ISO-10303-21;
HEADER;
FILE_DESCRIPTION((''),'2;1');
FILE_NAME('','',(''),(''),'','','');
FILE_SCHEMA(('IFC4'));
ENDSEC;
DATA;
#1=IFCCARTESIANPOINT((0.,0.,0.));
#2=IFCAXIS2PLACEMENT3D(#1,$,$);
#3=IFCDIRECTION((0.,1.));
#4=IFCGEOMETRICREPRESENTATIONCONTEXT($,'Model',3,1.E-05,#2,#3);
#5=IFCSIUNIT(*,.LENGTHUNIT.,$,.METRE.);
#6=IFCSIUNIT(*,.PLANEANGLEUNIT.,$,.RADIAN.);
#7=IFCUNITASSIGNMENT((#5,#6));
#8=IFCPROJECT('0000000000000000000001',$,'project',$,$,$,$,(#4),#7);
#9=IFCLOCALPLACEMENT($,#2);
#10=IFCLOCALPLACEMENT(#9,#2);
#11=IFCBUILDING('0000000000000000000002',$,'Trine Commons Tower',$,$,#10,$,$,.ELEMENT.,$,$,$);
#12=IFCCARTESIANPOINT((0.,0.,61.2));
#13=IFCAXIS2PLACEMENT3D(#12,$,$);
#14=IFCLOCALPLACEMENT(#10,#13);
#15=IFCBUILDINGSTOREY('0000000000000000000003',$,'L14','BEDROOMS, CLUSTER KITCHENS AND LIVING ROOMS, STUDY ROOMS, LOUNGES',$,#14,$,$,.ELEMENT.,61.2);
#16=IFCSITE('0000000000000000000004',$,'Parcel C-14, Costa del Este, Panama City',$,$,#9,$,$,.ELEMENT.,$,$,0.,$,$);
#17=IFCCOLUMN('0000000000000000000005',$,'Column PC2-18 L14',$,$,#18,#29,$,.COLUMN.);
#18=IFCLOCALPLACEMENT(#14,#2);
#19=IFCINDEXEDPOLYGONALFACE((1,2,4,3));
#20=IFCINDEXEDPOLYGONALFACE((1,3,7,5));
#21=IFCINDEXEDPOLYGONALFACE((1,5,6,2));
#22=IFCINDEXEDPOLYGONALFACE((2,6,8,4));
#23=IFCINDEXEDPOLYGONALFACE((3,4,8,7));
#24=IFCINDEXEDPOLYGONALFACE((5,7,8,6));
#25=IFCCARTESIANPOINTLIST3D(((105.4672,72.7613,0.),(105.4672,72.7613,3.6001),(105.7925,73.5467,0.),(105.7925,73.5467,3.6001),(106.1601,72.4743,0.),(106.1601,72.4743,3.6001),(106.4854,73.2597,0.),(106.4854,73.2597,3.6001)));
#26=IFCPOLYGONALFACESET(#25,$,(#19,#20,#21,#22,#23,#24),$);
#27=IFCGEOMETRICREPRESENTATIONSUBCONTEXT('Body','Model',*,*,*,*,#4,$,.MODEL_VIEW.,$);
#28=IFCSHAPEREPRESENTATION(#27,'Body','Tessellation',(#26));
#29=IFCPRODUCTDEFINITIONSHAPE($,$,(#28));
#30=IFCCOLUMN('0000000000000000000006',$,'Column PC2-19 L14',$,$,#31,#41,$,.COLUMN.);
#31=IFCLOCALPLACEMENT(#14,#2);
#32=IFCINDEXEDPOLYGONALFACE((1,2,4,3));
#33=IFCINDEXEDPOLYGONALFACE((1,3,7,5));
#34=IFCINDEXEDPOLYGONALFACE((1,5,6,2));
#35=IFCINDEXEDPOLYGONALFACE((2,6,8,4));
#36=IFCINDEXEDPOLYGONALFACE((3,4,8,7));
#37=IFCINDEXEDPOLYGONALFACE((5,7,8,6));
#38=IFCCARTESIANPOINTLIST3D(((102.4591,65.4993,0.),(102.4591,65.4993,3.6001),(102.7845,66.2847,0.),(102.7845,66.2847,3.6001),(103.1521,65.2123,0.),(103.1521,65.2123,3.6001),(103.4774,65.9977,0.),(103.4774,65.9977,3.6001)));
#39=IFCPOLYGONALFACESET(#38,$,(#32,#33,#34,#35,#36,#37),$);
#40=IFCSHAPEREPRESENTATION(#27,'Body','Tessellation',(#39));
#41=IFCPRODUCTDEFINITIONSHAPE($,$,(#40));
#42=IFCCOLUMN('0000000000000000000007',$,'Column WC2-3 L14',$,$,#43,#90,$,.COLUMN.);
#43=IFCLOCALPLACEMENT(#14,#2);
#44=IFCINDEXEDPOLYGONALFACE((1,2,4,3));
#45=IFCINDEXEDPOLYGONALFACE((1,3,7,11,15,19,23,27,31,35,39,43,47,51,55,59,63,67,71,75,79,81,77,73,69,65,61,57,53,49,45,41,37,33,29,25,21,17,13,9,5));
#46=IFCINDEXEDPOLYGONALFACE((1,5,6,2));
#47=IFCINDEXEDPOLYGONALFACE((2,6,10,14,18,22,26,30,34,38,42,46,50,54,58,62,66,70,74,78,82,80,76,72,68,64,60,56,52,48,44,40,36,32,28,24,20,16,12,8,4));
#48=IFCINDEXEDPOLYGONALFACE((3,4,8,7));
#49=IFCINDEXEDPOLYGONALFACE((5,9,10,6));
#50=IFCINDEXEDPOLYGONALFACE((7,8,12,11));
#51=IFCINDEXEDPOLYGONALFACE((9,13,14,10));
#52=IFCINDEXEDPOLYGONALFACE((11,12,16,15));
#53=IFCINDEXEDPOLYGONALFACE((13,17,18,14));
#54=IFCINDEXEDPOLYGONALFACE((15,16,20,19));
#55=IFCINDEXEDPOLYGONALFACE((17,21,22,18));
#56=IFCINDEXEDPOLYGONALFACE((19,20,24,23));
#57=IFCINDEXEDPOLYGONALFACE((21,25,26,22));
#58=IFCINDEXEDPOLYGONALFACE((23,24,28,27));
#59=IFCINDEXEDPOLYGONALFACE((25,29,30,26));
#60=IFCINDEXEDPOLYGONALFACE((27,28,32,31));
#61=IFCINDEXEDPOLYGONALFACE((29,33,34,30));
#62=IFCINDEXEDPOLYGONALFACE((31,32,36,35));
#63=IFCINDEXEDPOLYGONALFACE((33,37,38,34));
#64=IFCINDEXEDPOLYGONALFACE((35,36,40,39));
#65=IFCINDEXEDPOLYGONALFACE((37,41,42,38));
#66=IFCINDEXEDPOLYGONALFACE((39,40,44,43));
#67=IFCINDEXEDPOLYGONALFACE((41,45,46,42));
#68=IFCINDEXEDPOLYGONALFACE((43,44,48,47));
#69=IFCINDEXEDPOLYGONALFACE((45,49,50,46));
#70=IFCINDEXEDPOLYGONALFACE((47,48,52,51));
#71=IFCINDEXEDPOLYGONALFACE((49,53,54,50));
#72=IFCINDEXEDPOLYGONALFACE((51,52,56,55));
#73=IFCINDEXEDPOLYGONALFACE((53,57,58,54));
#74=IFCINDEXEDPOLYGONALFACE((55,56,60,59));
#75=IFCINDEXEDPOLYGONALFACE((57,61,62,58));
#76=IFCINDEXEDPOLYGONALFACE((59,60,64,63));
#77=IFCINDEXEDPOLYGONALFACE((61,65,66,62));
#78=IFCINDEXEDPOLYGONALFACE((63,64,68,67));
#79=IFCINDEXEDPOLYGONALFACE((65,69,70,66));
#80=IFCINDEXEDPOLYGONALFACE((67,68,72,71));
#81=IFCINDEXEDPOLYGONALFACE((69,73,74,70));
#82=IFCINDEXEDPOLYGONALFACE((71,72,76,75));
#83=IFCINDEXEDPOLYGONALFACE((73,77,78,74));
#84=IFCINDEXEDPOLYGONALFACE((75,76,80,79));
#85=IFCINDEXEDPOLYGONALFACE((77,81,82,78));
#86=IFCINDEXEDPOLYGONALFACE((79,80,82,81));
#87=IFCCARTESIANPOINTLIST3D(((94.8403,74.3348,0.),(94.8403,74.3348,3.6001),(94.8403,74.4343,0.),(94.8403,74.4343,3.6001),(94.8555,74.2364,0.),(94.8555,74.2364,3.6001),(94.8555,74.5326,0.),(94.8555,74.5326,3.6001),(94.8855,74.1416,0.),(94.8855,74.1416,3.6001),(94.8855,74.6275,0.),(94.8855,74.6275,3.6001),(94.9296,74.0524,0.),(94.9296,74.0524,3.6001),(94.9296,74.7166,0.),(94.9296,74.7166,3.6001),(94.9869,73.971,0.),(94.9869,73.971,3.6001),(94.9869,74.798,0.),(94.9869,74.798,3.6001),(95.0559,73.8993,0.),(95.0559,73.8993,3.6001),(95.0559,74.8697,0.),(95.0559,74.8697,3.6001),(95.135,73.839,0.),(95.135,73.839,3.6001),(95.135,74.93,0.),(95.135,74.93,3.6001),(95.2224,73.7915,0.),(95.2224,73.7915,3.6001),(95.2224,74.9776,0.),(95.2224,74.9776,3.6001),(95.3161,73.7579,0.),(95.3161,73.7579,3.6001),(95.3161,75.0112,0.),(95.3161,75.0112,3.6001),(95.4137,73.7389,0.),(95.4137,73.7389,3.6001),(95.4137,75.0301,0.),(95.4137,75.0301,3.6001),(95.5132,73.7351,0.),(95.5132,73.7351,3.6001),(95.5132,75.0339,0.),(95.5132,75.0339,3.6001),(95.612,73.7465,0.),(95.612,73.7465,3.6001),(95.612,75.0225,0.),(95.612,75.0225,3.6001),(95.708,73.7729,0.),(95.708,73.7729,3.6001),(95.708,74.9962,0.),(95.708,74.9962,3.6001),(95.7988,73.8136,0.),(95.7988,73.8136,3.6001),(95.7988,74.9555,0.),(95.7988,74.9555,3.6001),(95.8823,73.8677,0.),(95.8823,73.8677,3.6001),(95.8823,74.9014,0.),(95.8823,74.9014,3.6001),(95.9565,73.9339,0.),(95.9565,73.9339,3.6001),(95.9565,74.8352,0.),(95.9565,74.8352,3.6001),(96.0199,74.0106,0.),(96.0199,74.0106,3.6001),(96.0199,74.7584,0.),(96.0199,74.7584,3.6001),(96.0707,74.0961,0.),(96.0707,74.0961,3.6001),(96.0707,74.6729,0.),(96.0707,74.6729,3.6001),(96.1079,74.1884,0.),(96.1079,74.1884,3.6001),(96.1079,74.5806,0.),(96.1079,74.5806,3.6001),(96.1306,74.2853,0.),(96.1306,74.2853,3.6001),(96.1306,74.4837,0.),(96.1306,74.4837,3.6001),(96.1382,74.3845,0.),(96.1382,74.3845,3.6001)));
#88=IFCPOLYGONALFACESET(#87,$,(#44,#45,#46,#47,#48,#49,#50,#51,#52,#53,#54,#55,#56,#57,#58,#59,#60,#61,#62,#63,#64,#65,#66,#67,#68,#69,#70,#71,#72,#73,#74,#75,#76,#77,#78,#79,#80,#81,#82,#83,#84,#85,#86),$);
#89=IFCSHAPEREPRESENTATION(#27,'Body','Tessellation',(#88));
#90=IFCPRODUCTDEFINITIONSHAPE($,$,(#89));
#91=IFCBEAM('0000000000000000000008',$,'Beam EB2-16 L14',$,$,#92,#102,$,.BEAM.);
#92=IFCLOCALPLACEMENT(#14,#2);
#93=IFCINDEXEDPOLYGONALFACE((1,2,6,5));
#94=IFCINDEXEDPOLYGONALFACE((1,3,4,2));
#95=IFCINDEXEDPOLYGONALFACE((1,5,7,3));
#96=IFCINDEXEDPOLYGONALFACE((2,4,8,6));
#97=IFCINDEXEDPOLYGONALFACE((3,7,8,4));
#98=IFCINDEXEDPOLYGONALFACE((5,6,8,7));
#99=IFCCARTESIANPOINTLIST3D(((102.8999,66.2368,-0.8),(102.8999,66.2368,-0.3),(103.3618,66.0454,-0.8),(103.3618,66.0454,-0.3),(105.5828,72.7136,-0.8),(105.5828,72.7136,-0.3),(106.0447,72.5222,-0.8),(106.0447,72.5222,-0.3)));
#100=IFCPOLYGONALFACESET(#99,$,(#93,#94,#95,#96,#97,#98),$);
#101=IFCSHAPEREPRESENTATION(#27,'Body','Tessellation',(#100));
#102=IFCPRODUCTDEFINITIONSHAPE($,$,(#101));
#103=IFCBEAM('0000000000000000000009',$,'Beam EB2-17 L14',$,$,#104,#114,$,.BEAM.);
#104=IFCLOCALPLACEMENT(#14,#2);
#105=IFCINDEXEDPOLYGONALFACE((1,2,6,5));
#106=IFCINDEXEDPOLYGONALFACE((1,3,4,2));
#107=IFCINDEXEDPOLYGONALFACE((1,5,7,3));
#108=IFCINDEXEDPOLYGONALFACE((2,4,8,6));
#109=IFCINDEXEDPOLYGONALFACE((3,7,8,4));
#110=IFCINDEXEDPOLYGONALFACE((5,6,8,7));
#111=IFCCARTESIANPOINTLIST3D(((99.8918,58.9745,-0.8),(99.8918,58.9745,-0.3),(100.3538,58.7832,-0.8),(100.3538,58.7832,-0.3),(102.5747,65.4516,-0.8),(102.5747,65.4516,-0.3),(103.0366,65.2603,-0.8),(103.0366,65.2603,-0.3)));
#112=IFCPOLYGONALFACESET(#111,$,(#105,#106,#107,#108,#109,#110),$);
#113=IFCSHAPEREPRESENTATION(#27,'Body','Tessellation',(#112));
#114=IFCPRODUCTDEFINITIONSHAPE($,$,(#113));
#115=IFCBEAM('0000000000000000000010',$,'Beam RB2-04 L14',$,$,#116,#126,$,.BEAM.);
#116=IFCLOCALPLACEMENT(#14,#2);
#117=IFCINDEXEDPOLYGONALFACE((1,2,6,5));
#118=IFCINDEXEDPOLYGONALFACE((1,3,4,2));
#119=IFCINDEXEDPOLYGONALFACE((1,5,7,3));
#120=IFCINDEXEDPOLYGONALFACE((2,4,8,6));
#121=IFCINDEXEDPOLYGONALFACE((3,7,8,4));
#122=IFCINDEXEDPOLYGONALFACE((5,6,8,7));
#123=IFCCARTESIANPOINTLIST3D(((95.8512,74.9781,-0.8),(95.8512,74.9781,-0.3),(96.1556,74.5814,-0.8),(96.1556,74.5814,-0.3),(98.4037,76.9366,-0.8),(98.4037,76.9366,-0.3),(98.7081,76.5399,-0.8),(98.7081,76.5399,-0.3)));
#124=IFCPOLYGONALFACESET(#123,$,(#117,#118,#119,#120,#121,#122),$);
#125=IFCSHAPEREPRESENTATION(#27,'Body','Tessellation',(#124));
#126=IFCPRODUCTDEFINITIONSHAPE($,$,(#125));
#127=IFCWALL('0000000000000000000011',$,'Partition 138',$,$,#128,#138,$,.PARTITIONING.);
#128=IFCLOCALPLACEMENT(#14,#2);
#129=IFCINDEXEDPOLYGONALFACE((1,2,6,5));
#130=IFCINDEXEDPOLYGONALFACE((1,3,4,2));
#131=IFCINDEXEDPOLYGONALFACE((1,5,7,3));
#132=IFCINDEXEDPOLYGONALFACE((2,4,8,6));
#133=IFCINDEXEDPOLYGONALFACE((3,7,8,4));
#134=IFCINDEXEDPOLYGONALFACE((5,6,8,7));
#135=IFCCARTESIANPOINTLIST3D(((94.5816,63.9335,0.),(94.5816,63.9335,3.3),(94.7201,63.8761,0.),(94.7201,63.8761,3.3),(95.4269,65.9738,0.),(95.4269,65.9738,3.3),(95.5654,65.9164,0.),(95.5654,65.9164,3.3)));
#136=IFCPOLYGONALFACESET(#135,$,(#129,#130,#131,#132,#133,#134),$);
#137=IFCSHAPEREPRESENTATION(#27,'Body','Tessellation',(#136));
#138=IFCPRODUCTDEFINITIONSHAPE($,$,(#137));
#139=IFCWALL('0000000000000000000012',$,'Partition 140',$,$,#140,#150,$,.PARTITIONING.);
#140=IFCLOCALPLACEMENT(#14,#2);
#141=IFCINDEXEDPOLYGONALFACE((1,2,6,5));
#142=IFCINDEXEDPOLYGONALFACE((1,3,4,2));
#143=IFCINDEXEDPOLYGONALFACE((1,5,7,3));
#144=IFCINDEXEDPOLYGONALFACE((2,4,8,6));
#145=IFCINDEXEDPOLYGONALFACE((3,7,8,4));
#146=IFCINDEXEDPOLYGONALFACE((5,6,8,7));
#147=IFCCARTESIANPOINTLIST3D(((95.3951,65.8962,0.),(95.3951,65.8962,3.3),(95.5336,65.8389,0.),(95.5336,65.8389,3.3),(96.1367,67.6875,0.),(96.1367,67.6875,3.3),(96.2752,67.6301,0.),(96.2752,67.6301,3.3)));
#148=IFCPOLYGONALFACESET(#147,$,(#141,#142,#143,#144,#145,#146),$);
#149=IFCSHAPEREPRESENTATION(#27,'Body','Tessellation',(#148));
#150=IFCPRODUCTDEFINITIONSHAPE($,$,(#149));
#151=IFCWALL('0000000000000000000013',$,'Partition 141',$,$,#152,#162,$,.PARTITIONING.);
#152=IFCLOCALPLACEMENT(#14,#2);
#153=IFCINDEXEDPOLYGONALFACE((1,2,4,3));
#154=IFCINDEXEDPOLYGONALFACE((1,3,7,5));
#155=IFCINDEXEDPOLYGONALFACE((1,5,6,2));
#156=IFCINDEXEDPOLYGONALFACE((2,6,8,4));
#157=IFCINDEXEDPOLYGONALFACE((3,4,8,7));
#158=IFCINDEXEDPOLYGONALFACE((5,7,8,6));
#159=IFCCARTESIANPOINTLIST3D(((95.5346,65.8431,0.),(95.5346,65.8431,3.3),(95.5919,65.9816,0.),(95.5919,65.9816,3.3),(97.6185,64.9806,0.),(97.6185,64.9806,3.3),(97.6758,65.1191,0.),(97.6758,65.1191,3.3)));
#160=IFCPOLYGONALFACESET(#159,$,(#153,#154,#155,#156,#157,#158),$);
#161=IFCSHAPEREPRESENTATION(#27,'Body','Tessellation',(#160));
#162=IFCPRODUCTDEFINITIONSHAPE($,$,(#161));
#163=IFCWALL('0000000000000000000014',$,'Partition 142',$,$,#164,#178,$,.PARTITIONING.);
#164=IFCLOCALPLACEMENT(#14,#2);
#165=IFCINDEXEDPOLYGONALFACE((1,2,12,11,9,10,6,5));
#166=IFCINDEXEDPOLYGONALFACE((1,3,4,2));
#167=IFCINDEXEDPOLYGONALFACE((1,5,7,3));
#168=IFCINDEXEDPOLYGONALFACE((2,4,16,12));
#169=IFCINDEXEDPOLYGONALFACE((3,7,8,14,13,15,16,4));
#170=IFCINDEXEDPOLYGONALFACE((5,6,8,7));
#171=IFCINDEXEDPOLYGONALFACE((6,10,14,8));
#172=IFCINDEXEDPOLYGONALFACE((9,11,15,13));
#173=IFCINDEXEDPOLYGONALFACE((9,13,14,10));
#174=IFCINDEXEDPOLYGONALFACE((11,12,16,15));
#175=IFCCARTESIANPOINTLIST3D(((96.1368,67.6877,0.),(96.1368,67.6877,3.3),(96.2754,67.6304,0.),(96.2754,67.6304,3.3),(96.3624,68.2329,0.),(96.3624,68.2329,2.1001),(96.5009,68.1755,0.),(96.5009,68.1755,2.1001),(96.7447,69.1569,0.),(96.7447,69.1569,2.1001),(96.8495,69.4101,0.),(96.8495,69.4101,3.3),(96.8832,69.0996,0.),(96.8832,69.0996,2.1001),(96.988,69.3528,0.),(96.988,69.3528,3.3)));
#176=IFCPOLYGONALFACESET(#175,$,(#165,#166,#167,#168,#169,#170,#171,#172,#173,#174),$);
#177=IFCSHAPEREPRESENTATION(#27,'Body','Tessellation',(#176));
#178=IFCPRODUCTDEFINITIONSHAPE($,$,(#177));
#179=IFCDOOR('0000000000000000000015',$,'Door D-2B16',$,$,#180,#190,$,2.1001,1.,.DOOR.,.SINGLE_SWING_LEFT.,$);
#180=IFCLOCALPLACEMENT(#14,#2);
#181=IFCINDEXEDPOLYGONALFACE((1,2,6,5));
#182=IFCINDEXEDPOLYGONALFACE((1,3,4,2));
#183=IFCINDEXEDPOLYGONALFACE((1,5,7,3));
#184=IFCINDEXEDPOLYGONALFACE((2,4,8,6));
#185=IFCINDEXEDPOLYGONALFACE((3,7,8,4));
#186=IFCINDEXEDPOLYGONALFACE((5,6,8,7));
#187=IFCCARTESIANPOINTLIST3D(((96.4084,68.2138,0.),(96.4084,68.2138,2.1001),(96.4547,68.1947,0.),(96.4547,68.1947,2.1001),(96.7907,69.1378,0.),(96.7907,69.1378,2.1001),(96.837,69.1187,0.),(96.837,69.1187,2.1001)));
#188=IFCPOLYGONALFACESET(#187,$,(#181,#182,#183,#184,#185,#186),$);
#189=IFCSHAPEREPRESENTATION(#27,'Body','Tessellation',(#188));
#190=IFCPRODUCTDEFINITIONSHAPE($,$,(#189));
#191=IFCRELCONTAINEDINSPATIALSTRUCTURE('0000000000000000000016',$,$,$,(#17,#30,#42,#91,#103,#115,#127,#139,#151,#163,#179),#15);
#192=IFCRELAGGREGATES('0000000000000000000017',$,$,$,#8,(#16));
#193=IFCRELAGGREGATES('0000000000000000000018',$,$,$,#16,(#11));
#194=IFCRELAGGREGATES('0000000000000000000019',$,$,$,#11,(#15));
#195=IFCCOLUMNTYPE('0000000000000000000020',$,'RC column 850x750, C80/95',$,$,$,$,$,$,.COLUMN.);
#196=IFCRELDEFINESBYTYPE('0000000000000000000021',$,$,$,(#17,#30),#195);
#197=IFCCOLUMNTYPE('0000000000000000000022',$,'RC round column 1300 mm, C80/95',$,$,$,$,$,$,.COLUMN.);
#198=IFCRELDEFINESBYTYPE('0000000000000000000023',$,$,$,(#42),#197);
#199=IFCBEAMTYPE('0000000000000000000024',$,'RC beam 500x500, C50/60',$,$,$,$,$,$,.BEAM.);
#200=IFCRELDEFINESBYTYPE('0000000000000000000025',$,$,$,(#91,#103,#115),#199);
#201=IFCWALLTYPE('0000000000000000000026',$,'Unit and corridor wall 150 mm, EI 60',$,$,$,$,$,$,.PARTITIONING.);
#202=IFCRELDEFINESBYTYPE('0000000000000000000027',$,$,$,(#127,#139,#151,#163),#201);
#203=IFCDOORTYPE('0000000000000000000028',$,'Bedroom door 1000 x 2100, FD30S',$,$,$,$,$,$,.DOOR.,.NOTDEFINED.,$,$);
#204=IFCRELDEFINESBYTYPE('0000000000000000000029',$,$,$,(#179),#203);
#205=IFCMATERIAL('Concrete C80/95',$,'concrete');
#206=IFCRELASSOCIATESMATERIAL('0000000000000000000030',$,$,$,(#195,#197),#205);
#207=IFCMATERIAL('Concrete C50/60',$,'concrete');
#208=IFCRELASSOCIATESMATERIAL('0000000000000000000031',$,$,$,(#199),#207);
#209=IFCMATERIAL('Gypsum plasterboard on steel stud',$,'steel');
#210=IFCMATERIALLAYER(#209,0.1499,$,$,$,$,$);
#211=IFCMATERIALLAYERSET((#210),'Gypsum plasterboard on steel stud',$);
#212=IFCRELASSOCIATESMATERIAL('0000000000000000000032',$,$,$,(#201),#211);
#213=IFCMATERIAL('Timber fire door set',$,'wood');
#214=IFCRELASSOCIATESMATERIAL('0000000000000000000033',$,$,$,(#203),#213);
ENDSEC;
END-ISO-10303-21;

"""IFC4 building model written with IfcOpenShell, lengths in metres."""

from ifc_helpers import new_model, si_unit, direction, frame, frame_2d, origin, origin_2d, place, context, subcontext, project, spatial, rectangle, circle, extrude, material, layer, layer_set, material_profile, profile_set, type_object, element, fill, save


model = new_model("IFC4")

# Units and contexts
model_context = context("Model", 3, precision=1e-05, world=origin(), true_north=direction((0.0, 1.0)))
body_context = subcontext(model_context, "Body", "Model", "MODEL_VIEW")
ifc_project = project(units=[si_unit("LENGTHUNIT", "METRE"), si_unit("PLANEANGLEUNIT", "RADIAN")], contexts=[model_context])

# Site, building, storey
site_placement = place(None, origin())
site = spatial("IfcSite", under=ifc_project, at=site_placement, Name="Parcel C-14, Costa del Este, Panama City", CompositionType="ELEMENT", RefElevation=0.0)
building_placement = place(site_placement, origin())
building = spatial("IfcBuilding", under=site, at=building_placement, Name="Trine Commons Tower", CompositionType="ELEMENT")
storey_placement = place(building_placement, frame((0.0, 0.0, 61.2)))
storey = spatial("IfcBuildingStorey", under=building, at=storey_placement, Name="L14", Description="BEDROOMS, CLUSTER KITCHENS AND LIVING ROOMS, STUDY ROOMS, LOUNGES", CompositionType="ELEMENT", Elevation=61.2)

# Columns
ifc_material_1 = material(Name="Concrete C80/95", Category="concrete")
ifc_material_profile_1 = material_profile(ifc_material_1, rectangle(XDim=0.8501, YDim=0.75, at=origin_2d()), Name="RC 850x750")
ifc_profile_set_1 = profile_set([ifc_material_profile_1], Name="Concrete C80/95")
column_type_1 = type_object("IfcColumnType", Name="RC column 850x750, C80/95", PredefinedType="COLUMN", material=ifc_profile_set_1)
for number, where, z_axis, x_axis, name in (
    (1, (105.9763, 73.0105, 0.0), (0.0, 0.0, 1.0), (0.382683, 0.92388, 0.0), "Column PC2-18 L14"),
    (2, (102.9683, 65.7485, 0.0), (0.0, 0.0, 1.0), (0.382683, 0.92388, 0.0), "Column PC2-19 L14"),
):
    element("IfcColumn", number, at=place(storey_placement, frame(where, z_axis=z_axis, x_axis=x_axis)), inside=storey, type_object=column_type_1, Name=name, PredefinedType="COLUMN", context=body_context, shape_type="SweptSolid", body=[
        extrude(rectangle(XDim=0.8501, YDim=0.75, at=origin_2d()), origin(), (0.0, 0.0, 1.0), 3.6001),
    ])
ifc_material_profile_2 = material_profile(ifc_material_1, circle(Radius=0.6499, at=origin_2d()), Name="RC round 1300")
ifc_profile_set_2 = profile_set([ifc_material_profile_2], Name="Concrete C80/95")
column_type_2 = type_object("IfcColumnType", Name="RC round column 1300 mm, C80/95", PredefinedType="COLUMN", material=ifc_profile_set_2)
column_placement = place(storey_placement, frame((95.4883, 74.3845, 0.0), z_axis=(0.0, 0.0, 1.0), x_axis=(1.0, 0.0, 0.0)))
element("IfcColumn", 3, at=column_placement, inside=storey, type_object=column_type_2, Name="Column WC2-3 L14", PredefinedType="COLUMN", context=body_context, shape_type="SweptSolid", body=[
    extrude(circle(Radius=0.6499, at=origin_2d()), origin(), (0.0, 0.0, 1.0), 3.6001),
])

# Beams
ifc_material_2 = material(Name="Concrete C50/60", Category="concrete")
ifc_material_profile_3 = material_profile(ifc_material_2, rectangle(XDim=0.5, YDim=0.5, at=origin_2d()), Name="RC 500x500")
ifc_profile_set_3 = profile_set([ifc_material_profile_3], Name="Concrete C50/60")
beam_type = type_object("IfcBeamType", Name="RC beam 500x500, C50/60", PredefinedType="BEAM", material=ifc_profile_set_3)
beam_1_placement = place(storey_placement, frame((105.8137, 72.6179, -0.55), z_axis=(-0.382693, -0.923875, 0.0), x_axis=(0.923875, -0.382693, 0.0)))
element("IfcBeam", 4, at=beam_1_placement, inside=storey, type_object=beam_type, Name="Beam EB2-16 L14", PredefinedType="BEAM", context=body_context, shape_type="SweptSolid", body=[
    extrude(rectangle(XDim=0.5, YDim=0.5, at=origin_2d()), origin(), (0.0, 0.0, 1.0), 7.0105),
])
beam_2_placement = place(storey_placement, frame((102.8057, 65.356, -0.55), z_axis=(-0.382681, -0.923881, 0.0), x_axis=(0.923881, -0.382681, 0.0)))
element("IfcBeam", 5, at=beam_2_placement, inside=storey, type_object=beam_type, Name="Beam EB2-17 L14", PredefinedType="BEAM", context=body_context, shape_type="SweptSolid", body=[
    extrude(rectangle(XDim=0.5, YDim=0.5, at=origin_2d()), origin(), (0.0, 0.0, 1.0), 7.0107),
])
beam_3_placement = place(storey_placement, frame((96.0034, 74.7798, -0.55), z_axis=(0.793368, 0.608742, 0.0), x_axis=(-0.608742, 0.793368, 0.0)))
element("IfcBeam", 6, at=beam_3_placement, inside=storey, type_object=beam_type, Name="Beam RB2-04 L14", PredefinedType="BEAM", context=body_context, shape_type="SweptSolid", body=[
    extrude(rectangle(XDim=0.5, YDim=0.5, at=origin_2d()), origin(), (0.0, 0.0, 1.0), 3.2173),
])

# Walls
ifc_material_3 = material(Name="Gypsum plasterboard on steel stud", Category="steel")
ifc_layer_1 = layer(ifc_material_3, 0.1499)
ifc_layer_set_1 = layer_set([ifc_layer_1], Name="Gypsum plasterboard on steel stud")
wall_type_1 = type_object("IfcWallType", Name="Unit and corridor wall 150 mm, EI 60", PredefinedType="PARTITIONING", material=ifc_layer_set_1)
wall_1_placement = place(storey_placement, frame((94.6509, 63.9048, 0.0), z_axis=(0.0, 0.0, 1.0), x_axis=(0.382723, 0.923863, 0.0)))
element("IfcWall", 7, at=wall_1_placement, inside=storey, type_object=wall_type_1, Name="Partition 138", PredefinedType="PARTITIONING", context=body_context, shape_type="SweptSolid", body=[
    extrude(rectangle(XDim=2.2085, YDim=0.1499, at=frame_2d((1.1042, 0.0))), origin(), (0.0, 0.0, 1.0), 3.3),
])
wall_2_placement = place(storey_placement, frame((95.4644, 65.8677, 0.0), z_axis=(0.0, 0.0, 1.0), x_axis=(0.382567, 0.923928, 0.0)))
element("IfcWall", 8, at=wall_2_placement, inside=storey, type_object=wall_type_1, Name="Partition 140", PredefinedType="PARTITIONING", context=body_context, shape_type="SweptSolid", body=[
    extrude(rectangle(XDim=1.9387, YDim=0.1499, at=frame_2d((0.9692, 0.0))), origin(), (0.0, 0.0, 1.0), 3.3),
])
wall_3_placement = place(storey_placement, frame((95.5632, 65.9124, 0.0), z_axis=(0.0, 0.0, 1.0), x_axis=(0.923984, -0.382431, 0.0)))
element("IfcWall", 9, at=wall_3_placement, inside=storey, type_object=wall_type_1, Name="Partition 141", PredefinedType="PARTITIONING", context=body_context, shape_type="SweptSolid", body=[
    extrude(rectangle(XDim=2.2554, YDim=0.1499, at=frame_2d((1.1277, 0.0))), origin(), (0.0, 0.0, 1.0), 3.3),
])

# Wall, opening, door
wall_4_placement = place(storey_placement, frame((96.2061, 67.6589, 0.0), z_axis=(0.0, 0.0, 1.0), x_axis=(0.382317, 0.924031, 0.0)))
wall_4 = element("IfcWall", 10, at=wall_4_placement, inside=storey, type_object=wall_type_1, Name="Partition 142", PredefinedType="PARTITIONING", context=body_context, shape_type="SweptSolid", body=[
    extrude(rectangle(XDim=1.864, YDim=0.1499, at=frame_2d((0.9321, 0.0))), origin(), (0.0, 0.0, 1.0), 3.3),
])
opening_1_placement = place(wall_4_placement, frame((0.5901, 0.0, 0.0)))
opening_1 = element("IfcOpeningElement", 11, at=opening_1_placement, cuts=wall_4, PredefinedType="OPENING", context=body_context, shape_type="SweptSolid", body=[
    extrude(rectangle(XDim=1.0, YDim=2.1001, at=frame_2d((0.5, 1.05))), frame((0.0, 0.085, 0.0), z_axis=(0.0, -1.0, 0.0), x_axis=(1.0, 0.0, 0.0)), (0.0, 0.0, 1.0), 0.1699),
])
ifc_material_4 = material(Name="Timber fire door set", Category="wood")
door_type_1 = type_object("IfcDoorType", Name="Bedroom door 1000 x 2100, FD30S", OperationType="NOTDEFINED", PredefinedType="DOOR", material=ifc_material_4)
door_1_placement = place(opening_1_placement, frame((1.0, 0.0, 0.0), z_axis=(0.0, 0.0, 1.0), x_axis=(-1.0, 0.0, 0.0)))
door_1 = element("IfcDoor", 12, at=door_1_placement, inside=storey, type_object=door_type_1, Name="Door D-2B16", OperationType="SINGLE_SWING_LEFT", OverallHeight=2.1001, OverallWidth=1.0, PredefinedType="DOOR", context=body_context, shape_type="SweptSolid", body=[
    extrude(rectangle(XDim=1.0, YDim=2.1001, at=frame_2d((0.5, 1.05))), frame((0.0, 0.0249, 0.0), z_axis=(0.0, -1.0, 0.0), x_axis=(1.0, 0.0, 0.0)), (0.0, 0.0, 1.0), 0.05),
])
fill(opening_1, door_1)

save(model, "model.ifc")
